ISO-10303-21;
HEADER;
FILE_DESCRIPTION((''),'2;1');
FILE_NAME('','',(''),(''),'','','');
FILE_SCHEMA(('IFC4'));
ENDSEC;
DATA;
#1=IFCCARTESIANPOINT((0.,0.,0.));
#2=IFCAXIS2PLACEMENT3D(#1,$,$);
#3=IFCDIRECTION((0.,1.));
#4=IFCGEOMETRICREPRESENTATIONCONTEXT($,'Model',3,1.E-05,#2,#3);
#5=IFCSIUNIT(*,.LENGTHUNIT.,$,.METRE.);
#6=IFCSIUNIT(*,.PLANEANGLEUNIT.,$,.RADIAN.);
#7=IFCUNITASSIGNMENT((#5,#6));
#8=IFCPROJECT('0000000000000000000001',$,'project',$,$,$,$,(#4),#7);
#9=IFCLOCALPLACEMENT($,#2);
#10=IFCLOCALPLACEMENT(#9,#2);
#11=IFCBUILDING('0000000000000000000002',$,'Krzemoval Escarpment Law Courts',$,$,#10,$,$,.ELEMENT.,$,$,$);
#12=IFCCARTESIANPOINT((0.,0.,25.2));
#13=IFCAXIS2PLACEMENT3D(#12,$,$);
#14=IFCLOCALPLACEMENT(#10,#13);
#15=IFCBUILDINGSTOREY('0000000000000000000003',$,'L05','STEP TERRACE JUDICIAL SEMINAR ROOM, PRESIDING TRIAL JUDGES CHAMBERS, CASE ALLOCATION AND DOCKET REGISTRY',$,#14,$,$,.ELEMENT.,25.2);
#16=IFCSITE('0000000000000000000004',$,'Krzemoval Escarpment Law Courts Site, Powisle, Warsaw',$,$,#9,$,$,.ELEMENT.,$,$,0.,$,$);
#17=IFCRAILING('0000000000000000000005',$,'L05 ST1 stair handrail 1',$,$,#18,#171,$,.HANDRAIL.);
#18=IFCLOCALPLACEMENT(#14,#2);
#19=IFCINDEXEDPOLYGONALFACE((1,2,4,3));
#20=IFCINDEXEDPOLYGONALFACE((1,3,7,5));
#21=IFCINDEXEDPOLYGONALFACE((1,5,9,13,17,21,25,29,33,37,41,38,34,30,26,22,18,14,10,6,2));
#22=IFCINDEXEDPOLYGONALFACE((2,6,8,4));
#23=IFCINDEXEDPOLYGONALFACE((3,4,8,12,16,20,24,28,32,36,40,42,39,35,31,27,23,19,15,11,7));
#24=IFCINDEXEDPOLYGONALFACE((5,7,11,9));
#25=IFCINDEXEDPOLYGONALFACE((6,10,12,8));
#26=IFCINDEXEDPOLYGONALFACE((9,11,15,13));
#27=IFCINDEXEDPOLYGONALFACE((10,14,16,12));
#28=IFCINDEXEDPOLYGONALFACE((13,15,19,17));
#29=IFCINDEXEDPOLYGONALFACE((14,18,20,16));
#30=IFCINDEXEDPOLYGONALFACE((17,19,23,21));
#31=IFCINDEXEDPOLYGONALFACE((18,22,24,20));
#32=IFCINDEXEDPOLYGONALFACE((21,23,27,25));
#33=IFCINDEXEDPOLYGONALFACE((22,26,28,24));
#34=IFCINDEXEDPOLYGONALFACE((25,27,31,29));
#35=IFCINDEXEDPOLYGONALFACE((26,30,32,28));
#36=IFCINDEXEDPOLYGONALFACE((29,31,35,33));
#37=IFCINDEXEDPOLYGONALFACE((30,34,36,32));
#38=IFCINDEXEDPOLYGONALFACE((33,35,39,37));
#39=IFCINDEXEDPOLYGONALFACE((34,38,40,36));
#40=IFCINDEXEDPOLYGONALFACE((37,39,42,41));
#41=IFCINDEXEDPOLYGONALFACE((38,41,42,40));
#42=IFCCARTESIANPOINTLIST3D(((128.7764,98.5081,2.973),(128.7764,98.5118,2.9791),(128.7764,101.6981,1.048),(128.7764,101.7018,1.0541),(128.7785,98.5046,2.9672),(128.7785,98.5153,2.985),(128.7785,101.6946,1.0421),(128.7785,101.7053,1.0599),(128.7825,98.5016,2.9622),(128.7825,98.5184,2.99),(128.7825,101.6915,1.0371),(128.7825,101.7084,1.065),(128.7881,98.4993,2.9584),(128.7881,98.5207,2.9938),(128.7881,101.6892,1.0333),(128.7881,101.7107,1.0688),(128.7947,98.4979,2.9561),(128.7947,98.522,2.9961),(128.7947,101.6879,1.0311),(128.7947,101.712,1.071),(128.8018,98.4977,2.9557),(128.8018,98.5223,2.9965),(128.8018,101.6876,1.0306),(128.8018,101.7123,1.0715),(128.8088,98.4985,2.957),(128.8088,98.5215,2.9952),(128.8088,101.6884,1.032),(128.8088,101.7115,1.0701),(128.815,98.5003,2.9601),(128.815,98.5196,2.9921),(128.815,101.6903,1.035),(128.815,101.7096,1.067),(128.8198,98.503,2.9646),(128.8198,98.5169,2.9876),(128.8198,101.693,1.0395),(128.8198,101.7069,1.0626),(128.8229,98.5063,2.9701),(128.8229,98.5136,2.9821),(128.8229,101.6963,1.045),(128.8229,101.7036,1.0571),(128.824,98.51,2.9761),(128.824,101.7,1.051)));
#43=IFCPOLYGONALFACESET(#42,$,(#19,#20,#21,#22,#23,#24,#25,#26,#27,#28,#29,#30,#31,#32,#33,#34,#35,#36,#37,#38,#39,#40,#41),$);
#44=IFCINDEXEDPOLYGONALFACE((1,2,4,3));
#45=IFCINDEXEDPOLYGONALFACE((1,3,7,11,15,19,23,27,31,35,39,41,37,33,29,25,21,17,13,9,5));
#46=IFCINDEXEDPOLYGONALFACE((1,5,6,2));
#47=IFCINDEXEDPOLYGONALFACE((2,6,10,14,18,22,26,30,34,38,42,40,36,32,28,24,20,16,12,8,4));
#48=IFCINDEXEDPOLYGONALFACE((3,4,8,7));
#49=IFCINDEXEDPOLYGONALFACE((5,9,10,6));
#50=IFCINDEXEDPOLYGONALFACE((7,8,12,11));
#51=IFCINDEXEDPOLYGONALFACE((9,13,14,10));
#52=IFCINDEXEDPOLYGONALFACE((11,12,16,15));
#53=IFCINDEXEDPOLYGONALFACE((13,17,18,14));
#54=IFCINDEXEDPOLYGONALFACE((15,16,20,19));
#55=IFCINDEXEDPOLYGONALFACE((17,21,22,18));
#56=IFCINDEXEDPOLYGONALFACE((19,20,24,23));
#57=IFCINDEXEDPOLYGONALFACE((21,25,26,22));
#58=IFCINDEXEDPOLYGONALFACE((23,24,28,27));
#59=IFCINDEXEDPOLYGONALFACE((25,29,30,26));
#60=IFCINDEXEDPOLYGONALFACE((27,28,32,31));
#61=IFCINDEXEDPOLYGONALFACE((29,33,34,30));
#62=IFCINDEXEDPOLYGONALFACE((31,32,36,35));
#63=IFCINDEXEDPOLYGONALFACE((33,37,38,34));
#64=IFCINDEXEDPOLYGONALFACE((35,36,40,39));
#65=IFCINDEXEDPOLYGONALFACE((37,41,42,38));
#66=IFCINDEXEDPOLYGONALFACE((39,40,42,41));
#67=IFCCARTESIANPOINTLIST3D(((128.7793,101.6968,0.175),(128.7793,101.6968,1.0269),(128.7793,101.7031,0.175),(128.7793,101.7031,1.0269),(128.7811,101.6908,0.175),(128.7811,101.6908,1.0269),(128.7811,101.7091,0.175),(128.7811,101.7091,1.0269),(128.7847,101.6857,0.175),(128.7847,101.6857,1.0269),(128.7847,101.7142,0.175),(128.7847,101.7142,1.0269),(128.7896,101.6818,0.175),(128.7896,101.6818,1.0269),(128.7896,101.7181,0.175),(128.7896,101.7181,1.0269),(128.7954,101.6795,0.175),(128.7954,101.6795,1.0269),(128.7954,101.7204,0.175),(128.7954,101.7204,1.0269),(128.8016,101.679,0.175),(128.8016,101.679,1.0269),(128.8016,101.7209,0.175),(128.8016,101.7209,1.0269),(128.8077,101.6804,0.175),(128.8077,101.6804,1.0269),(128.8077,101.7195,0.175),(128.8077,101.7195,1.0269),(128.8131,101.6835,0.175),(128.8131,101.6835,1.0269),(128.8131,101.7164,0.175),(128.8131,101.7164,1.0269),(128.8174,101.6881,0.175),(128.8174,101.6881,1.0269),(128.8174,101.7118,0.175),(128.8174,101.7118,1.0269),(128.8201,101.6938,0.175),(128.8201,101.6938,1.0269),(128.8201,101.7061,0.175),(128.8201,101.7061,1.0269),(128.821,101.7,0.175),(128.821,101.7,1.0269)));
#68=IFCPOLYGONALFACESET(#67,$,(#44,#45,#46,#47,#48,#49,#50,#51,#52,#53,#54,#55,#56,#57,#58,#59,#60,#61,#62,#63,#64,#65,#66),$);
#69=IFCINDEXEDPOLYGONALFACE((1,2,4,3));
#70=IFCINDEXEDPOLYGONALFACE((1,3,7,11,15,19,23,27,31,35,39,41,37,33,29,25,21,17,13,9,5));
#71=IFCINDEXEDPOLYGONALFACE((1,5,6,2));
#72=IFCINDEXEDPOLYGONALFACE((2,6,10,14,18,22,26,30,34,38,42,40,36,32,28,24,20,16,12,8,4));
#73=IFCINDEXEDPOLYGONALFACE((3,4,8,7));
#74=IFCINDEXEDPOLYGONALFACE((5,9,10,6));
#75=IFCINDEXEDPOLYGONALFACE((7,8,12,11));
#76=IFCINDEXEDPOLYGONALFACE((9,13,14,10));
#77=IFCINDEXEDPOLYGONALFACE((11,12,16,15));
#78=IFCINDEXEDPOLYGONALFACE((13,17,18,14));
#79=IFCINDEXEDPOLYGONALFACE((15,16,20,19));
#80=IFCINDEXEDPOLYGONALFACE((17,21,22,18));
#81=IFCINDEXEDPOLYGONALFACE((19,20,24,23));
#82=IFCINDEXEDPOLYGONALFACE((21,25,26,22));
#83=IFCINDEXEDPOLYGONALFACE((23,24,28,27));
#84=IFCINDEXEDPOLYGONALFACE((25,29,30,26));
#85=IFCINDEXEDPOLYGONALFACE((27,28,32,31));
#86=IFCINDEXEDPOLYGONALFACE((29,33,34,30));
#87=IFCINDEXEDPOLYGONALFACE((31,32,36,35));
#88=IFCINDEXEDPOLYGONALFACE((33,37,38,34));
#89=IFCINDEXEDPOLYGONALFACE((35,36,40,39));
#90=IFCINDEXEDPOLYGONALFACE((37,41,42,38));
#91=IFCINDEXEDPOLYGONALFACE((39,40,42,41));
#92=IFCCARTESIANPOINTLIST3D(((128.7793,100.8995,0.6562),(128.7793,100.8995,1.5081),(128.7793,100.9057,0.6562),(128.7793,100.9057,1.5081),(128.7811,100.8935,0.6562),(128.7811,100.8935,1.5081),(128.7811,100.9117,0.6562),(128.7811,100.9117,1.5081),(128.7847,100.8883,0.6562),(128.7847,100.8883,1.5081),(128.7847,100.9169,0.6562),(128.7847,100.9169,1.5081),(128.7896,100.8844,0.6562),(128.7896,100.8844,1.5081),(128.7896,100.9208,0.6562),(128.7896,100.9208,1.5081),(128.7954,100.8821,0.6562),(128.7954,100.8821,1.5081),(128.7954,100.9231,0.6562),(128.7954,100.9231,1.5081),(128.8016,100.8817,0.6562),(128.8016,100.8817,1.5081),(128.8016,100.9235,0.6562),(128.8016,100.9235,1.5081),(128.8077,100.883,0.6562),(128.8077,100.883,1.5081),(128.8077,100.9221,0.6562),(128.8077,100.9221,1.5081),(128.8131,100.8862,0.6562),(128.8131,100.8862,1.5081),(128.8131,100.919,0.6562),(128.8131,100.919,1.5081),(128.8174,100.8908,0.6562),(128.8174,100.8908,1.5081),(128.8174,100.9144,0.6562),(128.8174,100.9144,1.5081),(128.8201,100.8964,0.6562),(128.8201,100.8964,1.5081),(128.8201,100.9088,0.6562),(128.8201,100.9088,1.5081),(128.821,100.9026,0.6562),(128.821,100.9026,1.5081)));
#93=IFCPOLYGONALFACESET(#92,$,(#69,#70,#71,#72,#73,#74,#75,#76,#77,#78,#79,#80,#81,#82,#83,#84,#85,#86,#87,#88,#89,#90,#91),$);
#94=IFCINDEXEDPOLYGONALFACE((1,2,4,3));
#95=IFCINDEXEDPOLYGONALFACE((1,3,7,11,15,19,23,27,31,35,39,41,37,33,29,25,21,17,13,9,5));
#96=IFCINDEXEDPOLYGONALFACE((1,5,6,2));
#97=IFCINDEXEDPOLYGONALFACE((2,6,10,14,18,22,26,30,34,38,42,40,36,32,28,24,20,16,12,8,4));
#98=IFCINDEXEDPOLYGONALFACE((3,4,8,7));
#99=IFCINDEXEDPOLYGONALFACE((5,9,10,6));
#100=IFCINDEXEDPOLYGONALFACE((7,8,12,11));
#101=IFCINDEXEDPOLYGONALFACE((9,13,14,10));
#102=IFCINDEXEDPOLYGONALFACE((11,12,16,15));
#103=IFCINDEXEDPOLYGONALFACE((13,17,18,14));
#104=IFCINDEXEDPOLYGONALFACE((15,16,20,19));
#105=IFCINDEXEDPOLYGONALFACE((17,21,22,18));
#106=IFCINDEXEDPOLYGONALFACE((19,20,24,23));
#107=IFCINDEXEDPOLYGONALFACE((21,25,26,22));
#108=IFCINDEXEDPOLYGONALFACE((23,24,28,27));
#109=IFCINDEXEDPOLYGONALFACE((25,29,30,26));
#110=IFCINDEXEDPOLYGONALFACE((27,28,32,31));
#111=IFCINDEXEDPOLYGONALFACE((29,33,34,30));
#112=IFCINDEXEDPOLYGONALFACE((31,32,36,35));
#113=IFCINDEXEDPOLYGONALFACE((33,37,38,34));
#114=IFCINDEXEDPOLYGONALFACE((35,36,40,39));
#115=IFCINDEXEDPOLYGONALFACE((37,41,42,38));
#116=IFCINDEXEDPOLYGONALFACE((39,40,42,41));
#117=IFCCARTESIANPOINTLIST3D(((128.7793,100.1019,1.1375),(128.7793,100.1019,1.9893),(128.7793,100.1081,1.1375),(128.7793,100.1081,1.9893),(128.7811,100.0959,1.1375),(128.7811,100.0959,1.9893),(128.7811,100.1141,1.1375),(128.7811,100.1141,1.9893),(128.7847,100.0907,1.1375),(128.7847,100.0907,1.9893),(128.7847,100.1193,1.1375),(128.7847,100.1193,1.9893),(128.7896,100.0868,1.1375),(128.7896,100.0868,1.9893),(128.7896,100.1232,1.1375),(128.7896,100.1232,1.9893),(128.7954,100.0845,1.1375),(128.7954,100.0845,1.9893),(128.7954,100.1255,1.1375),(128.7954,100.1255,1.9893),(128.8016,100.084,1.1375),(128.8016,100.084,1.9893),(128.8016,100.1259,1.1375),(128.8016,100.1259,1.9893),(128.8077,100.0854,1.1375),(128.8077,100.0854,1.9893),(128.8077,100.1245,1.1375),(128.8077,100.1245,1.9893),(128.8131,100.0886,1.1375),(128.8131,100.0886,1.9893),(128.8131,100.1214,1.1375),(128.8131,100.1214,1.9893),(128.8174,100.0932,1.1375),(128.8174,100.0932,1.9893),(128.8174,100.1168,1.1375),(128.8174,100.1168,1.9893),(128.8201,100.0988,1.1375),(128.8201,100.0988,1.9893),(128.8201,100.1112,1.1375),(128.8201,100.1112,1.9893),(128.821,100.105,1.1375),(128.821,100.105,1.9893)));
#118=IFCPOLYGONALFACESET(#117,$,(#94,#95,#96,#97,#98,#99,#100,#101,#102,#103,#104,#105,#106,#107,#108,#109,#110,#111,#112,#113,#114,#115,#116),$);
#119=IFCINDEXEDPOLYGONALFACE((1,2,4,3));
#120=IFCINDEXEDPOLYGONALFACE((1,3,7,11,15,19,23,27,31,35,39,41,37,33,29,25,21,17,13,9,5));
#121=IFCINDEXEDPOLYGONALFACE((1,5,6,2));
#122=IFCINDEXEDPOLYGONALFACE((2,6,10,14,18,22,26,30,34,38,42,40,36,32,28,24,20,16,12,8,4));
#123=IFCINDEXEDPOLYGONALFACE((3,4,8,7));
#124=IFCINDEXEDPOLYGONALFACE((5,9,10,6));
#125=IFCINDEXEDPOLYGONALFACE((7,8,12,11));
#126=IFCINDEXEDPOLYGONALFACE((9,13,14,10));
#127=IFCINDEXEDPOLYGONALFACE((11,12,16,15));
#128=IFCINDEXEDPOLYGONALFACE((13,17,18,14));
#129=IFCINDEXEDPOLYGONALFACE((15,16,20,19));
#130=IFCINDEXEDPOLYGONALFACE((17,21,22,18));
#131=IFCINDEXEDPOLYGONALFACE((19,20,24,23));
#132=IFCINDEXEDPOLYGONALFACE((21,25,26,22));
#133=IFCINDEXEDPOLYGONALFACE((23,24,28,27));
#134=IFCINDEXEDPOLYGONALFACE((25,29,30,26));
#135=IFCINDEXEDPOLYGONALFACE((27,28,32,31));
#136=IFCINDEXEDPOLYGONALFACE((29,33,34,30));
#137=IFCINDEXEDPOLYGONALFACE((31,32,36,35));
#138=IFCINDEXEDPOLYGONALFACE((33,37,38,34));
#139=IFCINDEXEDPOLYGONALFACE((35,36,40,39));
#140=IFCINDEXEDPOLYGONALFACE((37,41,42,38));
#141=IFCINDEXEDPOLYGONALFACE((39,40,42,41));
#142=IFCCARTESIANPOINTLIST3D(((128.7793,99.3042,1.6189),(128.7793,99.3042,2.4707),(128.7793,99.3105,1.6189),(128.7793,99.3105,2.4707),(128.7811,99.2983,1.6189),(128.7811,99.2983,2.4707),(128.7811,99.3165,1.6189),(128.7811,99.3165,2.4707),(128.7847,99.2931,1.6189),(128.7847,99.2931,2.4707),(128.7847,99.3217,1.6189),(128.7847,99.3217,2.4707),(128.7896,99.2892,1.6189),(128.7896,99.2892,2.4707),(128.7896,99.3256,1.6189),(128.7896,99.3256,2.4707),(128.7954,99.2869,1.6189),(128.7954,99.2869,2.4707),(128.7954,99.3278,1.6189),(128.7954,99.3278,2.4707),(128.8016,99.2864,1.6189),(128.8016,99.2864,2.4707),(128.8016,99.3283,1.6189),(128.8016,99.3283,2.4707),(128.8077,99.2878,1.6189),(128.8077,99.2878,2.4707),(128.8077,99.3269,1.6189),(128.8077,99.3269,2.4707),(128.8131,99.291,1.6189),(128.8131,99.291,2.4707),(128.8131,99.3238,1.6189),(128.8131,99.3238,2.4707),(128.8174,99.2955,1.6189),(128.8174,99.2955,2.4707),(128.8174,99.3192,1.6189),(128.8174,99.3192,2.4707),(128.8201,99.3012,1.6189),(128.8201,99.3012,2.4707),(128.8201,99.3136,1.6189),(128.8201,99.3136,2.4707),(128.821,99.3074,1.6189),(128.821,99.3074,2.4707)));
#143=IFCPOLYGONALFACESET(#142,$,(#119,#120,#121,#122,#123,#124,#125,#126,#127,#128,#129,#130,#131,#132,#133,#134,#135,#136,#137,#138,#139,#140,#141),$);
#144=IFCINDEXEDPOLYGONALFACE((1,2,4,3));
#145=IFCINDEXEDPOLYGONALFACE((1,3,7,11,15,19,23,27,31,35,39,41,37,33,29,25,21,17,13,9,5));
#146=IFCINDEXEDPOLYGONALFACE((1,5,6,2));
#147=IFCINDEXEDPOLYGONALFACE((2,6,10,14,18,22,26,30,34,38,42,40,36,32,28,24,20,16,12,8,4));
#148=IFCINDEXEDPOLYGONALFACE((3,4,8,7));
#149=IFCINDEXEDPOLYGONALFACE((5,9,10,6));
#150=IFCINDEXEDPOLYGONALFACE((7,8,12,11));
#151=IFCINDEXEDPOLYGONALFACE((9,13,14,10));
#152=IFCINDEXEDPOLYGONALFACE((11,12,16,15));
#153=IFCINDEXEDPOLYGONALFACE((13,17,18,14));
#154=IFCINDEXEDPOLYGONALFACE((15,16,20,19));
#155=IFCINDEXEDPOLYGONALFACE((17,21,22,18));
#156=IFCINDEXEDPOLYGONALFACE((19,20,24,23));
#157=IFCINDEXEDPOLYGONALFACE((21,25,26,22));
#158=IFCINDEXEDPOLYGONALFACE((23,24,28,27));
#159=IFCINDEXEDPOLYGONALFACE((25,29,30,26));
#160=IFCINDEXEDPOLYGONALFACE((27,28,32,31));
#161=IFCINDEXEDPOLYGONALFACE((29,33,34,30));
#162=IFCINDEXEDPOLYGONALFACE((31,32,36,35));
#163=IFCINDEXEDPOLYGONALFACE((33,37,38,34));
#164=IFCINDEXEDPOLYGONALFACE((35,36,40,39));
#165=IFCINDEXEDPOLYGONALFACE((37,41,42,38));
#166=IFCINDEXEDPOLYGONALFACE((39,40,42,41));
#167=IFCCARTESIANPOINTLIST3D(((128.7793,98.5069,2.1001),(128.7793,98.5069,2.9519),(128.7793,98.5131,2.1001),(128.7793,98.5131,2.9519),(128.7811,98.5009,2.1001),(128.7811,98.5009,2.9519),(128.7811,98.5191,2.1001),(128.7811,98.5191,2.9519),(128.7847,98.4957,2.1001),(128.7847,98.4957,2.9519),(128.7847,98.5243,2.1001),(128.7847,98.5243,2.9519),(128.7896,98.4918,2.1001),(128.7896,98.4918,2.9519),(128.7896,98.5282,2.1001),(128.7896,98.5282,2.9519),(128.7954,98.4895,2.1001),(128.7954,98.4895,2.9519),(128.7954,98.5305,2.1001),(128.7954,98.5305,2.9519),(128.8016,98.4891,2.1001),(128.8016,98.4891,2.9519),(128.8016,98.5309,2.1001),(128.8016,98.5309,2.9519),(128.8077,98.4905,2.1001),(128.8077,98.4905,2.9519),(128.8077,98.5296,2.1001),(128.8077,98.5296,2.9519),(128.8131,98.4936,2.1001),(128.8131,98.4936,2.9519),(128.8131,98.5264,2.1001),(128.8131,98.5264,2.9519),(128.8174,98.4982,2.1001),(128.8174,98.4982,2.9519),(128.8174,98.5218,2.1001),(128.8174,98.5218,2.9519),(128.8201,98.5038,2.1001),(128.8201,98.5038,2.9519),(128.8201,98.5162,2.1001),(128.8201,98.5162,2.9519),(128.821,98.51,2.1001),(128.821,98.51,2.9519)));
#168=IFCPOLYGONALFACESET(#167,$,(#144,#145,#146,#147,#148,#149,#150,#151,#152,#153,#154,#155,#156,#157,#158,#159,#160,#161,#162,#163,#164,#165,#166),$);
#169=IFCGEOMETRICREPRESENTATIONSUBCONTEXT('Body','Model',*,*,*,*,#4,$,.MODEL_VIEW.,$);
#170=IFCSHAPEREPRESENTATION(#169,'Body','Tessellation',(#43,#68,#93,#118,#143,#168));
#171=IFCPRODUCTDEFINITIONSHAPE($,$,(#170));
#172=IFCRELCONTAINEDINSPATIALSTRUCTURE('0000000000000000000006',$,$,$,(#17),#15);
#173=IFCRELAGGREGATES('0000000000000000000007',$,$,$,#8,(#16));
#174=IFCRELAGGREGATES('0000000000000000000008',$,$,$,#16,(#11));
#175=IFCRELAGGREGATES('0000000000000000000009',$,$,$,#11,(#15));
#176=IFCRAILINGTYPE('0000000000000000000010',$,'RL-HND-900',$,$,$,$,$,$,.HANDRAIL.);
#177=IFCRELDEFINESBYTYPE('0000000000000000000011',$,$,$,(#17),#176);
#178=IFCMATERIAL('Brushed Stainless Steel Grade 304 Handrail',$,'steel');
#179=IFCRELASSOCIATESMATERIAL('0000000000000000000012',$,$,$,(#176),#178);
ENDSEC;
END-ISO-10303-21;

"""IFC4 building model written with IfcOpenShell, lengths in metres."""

from ifc_helpers import new_model, si_unit, direction, frame, origin, origin_2d, place, context, subcontext, project, spatial, circle, extrude, material, type_object, element, save


model = new_model("IFC4")

# Units and contexts
model_context = context("Model", 3, precision=1e-05, world=origin(), true_north=direction((0.0, 1.0)))
body_context = subcontext(model_context, "Body", "Model", "MODEL_VIEW")
ifc_project = project(units=[si_unit("LENGTHUNIT", "METRE"), si_unit("PLANEANGLEUNIT", "RADIAN")], contexts=[model_context])

# Site, building, storey
site_placement = place(None, origin())
site = spatial("IfcSite", under=ifc_project, at=site_placement, Name="Krzemoval Escarpment Law Courts Site, Powisle, Warsaw", CompositionType="ELEMENT", RefElevation=0.0)
building_placement = place(site_placement, origin())
building = spatial("IfcBuilding", under=site, at=building_placement, Name="Krzemoval Escarpment Law Courts", CompositionType="ELEMENT")
storey_placement = place(building_placement, frame((0.0, 0.0, 25.2)))
storey = spatial("IfcBuildingStorey", under=building, at=storey_placement, Name="L05", Description="STEP TERRACE JUDICIAL SEMINAR ROOM, PRESIDING TRIAL JUDGES CHAMBERS, CASE ALLOCATION AND DOCKET REGISTRY", CompositionType="ELEMENT", Elevation=25.2)

# Railing
ifc_material_1 = material(Name="Brushed Stainless Steel Grade 304 Handrail", Category="steel")
railing_type_1 = type_object("IfcRailingType", Name="RL-HND-900", PredefinedType="HANDRAIL", material=ifc_material_1)
for number, where, name in (
    (1, (128.8, 101.7, 0.175), "L05 ST1 stair handrail 1"),
):
    element("IfcRailing", number, at=place(storey_placement, frame(where)), inside=storey, type_object=railing_type_1, Name=name, PredefinedType="HANDRAIL", context=body_context, shape_type="SweptSolid", body=[
        extrude(circle(Radius=0.0239, at=origin_2d()), frame((0.0, 0.0, 0.876), z_axis=(0.0, -0.856178, 0.516682), x_axis=(1.0, 0.0, 0.0)), (0.0, 0.0, 1.0), 3.7258),
        extrude(circle(Radius=0.021, at=origin_2d()), origin(), (0.0, 0.0, 1.0), 0.8518),
        extrude(circle(Radius=0.021, at=origin_2d()), frame((0.0, -0.7974, 0.4812)), (0.0, 0.0, 1.0), 0.8518),
        extrude(circle(Radius=0.021, at=origin_2d()), frame((0.0, -1.595, 0.9624)), (0.0, 0.0, 1.0), 0.8518),
        extrude(circle(Radius=0.021, at=origin_2d()), frame((0.0, -2.3926, 1.4438)), (0.0, 0.0, 1.0), 0.8518),
        extrude(circle(Radius=0.021, at=origin_2d()), frame((0.0, -3.1899, 1.925)), (0.0, 0.0, 1.0), 0.8518),
    ])

save(model, "model.ifc")
